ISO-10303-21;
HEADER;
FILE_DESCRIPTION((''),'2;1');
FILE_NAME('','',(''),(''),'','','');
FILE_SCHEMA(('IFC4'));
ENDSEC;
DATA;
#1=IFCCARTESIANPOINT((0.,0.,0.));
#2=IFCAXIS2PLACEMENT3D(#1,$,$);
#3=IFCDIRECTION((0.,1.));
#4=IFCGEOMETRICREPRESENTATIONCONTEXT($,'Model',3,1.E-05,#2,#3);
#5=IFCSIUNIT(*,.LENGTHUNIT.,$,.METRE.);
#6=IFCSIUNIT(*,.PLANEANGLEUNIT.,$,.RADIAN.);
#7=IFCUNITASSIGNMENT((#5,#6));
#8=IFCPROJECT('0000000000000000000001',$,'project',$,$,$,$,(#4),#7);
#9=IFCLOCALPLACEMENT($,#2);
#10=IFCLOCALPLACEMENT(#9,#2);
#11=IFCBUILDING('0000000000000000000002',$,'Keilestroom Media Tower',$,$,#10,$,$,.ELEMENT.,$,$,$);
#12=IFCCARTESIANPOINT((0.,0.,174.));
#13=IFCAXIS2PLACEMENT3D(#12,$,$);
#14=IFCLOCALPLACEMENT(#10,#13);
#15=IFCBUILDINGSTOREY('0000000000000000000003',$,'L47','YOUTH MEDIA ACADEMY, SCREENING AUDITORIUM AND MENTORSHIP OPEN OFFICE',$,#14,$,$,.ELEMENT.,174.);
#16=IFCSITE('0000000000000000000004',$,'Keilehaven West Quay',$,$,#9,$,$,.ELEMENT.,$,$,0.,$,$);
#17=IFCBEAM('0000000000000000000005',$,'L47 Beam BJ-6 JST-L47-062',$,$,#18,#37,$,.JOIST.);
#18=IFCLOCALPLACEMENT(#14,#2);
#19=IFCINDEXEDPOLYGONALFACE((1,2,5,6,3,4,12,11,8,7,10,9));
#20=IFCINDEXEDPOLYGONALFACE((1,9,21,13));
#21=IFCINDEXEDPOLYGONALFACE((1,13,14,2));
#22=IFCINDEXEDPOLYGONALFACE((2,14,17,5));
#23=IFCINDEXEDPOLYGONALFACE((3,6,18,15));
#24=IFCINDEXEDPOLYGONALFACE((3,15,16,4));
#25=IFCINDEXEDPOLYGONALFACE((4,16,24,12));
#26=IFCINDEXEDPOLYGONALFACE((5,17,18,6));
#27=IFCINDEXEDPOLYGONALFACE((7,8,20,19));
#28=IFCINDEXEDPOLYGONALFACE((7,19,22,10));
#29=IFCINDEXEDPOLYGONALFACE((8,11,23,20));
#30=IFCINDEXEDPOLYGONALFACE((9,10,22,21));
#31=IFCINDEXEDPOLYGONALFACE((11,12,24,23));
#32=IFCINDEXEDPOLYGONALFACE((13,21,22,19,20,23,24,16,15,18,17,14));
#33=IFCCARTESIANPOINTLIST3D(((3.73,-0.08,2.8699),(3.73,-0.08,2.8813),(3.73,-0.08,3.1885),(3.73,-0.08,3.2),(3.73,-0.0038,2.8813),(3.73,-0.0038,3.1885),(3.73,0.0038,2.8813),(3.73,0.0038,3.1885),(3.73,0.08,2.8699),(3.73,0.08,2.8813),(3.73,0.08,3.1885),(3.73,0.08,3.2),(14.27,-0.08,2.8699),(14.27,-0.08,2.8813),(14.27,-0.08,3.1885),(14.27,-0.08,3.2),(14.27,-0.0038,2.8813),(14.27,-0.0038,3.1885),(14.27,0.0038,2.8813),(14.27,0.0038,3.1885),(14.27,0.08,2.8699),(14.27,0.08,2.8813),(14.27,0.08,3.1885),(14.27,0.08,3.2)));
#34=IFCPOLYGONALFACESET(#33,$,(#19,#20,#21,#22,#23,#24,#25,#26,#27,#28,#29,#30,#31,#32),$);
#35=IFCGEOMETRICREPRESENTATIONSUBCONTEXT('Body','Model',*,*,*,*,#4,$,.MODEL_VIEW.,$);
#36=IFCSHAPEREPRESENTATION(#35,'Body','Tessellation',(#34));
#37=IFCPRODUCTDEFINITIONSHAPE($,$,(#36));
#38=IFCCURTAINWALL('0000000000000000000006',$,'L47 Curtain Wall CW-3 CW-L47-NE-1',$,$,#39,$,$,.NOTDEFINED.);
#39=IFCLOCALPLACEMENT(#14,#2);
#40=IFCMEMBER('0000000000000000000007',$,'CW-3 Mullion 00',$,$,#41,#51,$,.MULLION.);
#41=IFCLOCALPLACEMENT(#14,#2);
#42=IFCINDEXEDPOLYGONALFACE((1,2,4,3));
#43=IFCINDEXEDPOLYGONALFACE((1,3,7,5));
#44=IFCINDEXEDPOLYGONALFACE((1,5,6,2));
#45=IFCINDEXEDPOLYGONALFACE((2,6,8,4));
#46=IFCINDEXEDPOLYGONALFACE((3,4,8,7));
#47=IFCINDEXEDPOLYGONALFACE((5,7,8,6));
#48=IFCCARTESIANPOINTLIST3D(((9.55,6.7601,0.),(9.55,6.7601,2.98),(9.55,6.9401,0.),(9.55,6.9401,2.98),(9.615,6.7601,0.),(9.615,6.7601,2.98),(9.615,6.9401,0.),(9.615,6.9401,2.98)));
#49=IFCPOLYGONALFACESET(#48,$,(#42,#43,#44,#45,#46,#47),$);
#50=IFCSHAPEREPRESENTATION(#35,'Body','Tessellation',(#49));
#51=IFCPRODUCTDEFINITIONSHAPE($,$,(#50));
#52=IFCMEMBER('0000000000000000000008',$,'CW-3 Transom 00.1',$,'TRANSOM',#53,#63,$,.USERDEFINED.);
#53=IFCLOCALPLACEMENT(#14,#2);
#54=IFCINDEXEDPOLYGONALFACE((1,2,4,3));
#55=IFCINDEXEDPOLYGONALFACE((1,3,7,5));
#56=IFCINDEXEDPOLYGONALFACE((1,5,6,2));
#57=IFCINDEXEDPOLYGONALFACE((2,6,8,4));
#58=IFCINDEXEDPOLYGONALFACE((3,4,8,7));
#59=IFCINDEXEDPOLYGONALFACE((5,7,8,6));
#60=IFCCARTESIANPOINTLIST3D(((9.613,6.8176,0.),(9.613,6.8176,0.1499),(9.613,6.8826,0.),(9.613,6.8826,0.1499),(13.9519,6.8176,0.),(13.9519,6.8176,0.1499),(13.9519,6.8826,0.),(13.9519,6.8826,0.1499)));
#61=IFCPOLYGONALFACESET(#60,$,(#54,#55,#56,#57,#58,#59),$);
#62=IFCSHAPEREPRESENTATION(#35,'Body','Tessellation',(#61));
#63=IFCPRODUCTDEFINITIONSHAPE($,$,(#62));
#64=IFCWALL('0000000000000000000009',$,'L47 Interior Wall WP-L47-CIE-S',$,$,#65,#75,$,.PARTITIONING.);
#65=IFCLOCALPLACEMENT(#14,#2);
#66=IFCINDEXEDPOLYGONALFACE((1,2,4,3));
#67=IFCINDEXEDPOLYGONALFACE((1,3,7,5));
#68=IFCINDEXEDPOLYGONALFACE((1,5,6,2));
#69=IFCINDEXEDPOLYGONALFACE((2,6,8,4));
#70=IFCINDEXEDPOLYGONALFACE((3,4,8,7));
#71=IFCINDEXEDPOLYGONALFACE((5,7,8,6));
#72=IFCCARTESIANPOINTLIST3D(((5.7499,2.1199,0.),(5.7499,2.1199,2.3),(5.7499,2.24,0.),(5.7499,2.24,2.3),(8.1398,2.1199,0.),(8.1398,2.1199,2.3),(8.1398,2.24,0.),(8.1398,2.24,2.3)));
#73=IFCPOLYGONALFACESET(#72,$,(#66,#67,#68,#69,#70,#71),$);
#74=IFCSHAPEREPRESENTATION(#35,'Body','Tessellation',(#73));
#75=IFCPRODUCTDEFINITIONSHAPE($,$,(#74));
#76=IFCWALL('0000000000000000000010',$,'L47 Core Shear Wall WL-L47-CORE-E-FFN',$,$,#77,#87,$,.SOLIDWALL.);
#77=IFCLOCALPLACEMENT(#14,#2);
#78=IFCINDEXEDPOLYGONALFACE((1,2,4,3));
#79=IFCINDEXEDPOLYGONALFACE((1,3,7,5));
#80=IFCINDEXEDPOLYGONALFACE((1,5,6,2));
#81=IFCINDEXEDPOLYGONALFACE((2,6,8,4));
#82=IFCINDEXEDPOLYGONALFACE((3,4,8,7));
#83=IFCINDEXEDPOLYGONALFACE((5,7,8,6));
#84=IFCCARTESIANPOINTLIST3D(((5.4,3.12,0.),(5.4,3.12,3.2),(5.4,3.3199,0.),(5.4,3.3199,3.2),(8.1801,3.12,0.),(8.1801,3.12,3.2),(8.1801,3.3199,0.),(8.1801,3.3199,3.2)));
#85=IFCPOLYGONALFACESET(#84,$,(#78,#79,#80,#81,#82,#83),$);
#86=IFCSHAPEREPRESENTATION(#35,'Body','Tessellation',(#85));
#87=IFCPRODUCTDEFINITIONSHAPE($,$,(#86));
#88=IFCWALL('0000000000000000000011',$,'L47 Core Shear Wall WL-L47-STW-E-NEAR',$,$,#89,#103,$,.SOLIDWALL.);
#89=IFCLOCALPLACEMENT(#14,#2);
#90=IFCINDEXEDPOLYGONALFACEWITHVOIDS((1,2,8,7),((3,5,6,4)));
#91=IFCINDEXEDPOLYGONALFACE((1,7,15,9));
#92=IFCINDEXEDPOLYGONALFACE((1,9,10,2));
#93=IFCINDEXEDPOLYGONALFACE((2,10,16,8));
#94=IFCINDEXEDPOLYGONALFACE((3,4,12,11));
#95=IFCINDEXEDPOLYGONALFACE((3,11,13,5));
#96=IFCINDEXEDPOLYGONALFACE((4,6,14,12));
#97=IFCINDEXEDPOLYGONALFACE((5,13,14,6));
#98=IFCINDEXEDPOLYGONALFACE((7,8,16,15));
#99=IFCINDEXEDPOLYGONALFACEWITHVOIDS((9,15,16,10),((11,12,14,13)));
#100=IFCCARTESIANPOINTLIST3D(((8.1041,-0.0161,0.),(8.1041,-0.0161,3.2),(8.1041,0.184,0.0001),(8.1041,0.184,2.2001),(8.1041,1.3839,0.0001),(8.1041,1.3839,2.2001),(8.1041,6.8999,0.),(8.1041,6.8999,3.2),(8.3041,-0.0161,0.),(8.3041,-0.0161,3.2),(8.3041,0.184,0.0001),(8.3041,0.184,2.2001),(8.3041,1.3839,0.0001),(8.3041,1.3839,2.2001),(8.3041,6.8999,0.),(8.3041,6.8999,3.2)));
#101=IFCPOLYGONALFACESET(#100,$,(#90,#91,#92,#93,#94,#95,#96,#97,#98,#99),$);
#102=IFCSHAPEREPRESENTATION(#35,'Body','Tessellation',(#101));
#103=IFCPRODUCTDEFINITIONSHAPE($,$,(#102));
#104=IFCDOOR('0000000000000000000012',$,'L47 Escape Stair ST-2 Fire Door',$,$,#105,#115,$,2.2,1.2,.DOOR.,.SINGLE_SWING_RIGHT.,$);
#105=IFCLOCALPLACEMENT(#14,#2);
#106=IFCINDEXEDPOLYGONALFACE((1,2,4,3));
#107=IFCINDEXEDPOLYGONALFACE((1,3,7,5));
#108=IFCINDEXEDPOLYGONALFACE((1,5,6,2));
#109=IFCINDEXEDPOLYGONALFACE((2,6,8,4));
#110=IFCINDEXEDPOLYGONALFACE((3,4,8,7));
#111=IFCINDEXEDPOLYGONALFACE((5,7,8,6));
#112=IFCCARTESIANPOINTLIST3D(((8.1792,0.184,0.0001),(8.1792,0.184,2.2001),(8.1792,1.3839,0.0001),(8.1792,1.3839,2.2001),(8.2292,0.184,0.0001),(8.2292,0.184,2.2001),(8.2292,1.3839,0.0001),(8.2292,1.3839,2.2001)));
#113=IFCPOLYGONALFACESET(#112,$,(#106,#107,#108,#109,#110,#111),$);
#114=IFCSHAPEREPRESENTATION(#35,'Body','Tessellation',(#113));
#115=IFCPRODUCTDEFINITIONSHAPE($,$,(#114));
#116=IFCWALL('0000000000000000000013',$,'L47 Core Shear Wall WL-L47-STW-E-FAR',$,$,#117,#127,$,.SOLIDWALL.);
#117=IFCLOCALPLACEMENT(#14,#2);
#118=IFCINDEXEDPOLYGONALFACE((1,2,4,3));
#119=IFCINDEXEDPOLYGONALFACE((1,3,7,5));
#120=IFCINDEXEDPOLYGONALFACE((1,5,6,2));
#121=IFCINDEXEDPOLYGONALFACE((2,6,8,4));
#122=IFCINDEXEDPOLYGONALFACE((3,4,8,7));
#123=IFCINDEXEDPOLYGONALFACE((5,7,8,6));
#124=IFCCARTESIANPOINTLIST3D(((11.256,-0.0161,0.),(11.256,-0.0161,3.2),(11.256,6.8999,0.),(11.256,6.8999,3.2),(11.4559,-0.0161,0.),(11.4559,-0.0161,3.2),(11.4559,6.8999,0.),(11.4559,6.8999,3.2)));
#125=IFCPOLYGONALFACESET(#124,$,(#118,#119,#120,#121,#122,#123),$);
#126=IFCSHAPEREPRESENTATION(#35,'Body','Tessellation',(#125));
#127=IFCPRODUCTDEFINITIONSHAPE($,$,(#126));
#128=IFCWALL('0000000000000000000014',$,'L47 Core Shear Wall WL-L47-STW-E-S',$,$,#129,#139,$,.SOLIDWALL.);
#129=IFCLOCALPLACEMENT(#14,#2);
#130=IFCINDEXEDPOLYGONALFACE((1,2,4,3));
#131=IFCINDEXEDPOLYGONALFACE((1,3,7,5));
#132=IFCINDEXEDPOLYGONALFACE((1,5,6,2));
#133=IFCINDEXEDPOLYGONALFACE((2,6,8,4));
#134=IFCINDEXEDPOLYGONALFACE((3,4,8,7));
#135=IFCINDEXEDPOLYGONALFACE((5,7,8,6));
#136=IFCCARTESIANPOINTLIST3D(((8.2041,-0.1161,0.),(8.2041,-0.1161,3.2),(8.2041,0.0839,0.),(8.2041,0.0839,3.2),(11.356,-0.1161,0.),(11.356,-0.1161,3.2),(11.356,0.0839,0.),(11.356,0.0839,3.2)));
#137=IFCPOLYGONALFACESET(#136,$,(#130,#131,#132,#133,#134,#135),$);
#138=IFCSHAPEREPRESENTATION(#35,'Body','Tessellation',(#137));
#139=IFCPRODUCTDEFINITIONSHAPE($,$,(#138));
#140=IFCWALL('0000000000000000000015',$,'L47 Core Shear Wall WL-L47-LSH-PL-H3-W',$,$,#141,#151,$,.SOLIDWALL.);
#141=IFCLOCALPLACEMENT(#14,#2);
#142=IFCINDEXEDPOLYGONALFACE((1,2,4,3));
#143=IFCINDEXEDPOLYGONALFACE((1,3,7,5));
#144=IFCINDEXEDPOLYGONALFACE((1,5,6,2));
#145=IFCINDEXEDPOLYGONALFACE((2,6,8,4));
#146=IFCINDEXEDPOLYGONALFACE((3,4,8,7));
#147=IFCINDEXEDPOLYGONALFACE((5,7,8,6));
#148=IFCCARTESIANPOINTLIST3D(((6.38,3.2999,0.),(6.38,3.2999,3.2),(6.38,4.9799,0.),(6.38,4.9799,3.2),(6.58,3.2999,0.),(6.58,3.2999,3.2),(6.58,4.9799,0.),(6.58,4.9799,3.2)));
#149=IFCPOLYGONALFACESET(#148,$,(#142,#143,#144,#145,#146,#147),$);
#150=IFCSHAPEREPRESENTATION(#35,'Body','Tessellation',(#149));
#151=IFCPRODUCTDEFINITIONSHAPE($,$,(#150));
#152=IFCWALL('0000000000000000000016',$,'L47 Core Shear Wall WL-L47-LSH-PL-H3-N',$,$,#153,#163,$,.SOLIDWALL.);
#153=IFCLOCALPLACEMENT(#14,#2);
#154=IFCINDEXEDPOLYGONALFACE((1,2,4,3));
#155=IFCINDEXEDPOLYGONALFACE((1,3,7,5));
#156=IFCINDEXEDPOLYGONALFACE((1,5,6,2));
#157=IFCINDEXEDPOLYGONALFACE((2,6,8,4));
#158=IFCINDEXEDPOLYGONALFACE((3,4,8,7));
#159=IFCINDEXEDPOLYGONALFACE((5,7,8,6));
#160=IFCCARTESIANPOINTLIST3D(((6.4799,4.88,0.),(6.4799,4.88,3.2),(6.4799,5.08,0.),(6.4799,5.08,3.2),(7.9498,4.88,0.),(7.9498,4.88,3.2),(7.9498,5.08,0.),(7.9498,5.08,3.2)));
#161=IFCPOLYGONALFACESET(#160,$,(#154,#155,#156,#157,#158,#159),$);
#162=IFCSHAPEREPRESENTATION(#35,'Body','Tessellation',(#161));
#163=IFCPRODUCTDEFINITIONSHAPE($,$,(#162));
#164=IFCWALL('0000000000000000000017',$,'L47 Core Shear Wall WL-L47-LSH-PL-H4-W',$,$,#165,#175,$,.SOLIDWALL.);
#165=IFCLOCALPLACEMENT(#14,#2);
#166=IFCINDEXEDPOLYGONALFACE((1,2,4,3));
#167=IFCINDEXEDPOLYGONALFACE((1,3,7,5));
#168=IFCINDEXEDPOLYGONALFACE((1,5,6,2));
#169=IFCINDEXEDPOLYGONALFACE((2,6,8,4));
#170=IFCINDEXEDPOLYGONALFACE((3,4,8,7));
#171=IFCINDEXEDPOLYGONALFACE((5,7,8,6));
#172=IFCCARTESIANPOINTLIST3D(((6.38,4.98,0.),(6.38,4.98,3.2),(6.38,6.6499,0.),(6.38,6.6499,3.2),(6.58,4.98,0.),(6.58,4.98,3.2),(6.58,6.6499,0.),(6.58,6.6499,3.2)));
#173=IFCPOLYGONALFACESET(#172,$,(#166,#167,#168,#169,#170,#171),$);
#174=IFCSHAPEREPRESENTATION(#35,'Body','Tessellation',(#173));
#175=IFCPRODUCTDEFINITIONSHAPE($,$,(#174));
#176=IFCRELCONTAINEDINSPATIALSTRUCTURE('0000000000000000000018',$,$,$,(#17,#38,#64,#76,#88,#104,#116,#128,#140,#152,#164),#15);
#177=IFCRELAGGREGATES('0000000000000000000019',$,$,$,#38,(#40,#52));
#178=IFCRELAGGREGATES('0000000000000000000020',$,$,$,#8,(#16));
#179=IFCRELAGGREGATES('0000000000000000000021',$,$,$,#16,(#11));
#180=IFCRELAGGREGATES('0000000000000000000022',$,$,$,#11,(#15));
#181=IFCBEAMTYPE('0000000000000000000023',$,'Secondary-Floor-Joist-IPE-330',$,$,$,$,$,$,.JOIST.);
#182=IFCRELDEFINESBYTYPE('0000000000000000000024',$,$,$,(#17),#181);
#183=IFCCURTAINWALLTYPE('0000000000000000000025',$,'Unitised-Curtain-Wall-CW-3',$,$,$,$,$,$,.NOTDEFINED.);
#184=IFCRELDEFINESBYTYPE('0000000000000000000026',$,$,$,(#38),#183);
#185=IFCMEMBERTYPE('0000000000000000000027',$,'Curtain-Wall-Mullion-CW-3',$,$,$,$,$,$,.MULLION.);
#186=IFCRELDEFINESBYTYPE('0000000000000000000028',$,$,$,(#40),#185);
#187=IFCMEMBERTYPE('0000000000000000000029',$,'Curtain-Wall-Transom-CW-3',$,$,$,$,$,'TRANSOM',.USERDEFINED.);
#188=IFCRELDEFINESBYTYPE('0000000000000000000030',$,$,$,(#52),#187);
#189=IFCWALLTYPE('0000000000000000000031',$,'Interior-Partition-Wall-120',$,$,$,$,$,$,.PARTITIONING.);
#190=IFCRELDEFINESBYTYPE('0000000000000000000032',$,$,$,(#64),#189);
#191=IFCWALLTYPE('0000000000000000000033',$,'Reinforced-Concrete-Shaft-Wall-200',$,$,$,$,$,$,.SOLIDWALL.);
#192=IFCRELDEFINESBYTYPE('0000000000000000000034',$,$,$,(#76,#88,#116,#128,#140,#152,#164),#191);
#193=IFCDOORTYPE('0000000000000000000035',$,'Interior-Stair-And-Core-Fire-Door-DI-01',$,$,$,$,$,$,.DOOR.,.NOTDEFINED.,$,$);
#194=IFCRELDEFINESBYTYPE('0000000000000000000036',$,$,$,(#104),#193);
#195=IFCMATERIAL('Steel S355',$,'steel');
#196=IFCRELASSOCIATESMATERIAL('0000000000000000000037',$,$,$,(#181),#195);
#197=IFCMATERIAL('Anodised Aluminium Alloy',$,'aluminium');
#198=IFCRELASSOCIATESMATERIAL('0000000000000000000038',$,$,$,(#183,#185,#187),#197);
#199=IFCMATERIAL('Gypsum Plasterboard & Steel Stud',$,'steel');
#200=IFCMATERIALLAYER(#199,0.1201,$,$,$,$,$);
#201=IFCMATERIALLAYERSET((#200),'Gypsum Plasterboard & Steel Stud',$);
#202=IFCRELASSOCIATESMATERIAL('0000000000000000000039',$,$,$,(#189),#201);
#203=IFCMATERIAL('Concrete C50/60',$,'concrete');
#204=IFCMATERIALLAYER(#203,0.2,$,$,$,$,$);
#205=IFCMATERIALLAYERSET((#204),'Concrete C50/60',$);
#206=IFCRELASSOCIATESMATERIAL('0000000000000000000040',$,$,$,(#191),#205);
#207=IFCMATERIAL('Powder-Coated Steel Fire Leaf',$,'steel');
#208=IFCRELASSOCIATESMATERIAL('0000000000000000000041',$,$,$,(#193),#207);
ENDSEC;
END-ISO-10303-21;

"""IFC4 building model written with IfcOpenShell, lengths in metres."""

from ifc_helpers import new_model, si_unit, direction, frame, frame_2d, origin, origin_2d, place, context, subcontext, project, spatial, rectangle, i_section, extrude, source, transform, mapped, material, layer, layer_set, material_profile, profile_set, type_object, element, fill, aggregate, save


model = new_model("IFC4")

# Units and contexts
model_context = context("Model", 3, precision=1e-05, world=origin(), true_north=direction((0.0, 1.0)))
body_context = subcontext(model_context, "Body", "Model", "MODEL_VIEW")
ifc_project = project(units=[si_unit("LENGTHUNIT", "METRE"), si_unit("PLANEANGLEUNIT", "RADIAN")], contexts=[model_context])

# Site, building, storey
site_placement = place(None, origin())
site = spatial("IfcSite", under=ifc_project, at=site_placement, Name="Keilehaven West Quay", CompositionType="ELEMENT", RefElevation=0.0)
building_placement = place(site_placement, origin())
building = spatial("IfcBuilding", under=site, at=building_placement, Name="Keilestroom Media Tower", CompositionType="ELEMENT")
storey_placement = place(building_placement, frame((0.0, 0.0, 174.0)))
storey = spatial("IfcBuildingStorey", under=building, at=storey_placement, Name="L47", Description="YOUTH MEDIA ACADEMY, SCREENING AUDITORIUM AND MENTORSHIP OPEN OFFICE", CompositionType="ELEMENT", Elevation=174.0)

# Beam
ifc_material_1 = material(Name="Steel S355", Category="steel")
ifc_material_profile_1 = material_profile(ifc_material_1, i_section(OverallWidth=0.1599, OverallDepth=0.3301, WebThickness=0.0076, FlangeThickness=0.0115, at=origin_2d()), Name="IPE 330")
ifc_profile_set_1 = profile_set([ifc_material_profile_1], Name="Steel S355")
beam_type = type_object("IfcBeamType", Name="Secondary-Floor-Joist-IPE-330", PredefinedType="JOIST", material=ifc_profile_set_1)
shared_shape_1 = source(origin(), body_context, "Body", "SweptSolid", [
    extrude(i_section(OverallWidth=0.1599, OverallDepth=0.3301, WebThickness=0.0076, FlangeThickness=0.0115, at=origin_2d()), origin(), (0.0, 0.0, 1.0), 10.54),
])
beam_placement = place(storey_placement, frame((3.73, 0.0, 3.0349), z_axis=(1.0, 0.0, 0.0), x_axis=(0.0, 1.0, 0.0)))
element("IfcBeam", 1, at=beam_placement, inside=storey, type_object=beam_type, Name="L47 Beam BJ-6 JST-L47-062", PredefinedType="JOIST", context=body_context, shape_type="MappedRepresentation", body=[
    mapped(shared_shape_1, transform((0.0, 0.0, 0.0), x_axis=(1.0, 0.0, 0.0), y_axis=(0.0, 1.0, 0.0), z_axis=(0.0, 0.0, 1.0), scale=1.0)),
])

# Curtain wall, members
ifc_material_2 = material(Name="Anodised Aluminium Alloy", Category="aluminium")
curtain_wall_type = type_object("IfcCurtainWallType", Name="Unitised-Curtain-Wall-CW-3", PredefinedType="NOTDEFINED", material=ifc_material_2)
curtain_wall_placement = place(storey_placement, origin())
curtain_wall = element("IfcCurtainWall", 2, at=curtain_wall_placement, inside=storey, type_object=curtain_wall_type, Name="L47 Curtain Wall CW-3 CW-L47-NE-1", PredefinedType="NOTDEFINED")
ifc_material_profile_2 = material_profile(ifc_material_2, rectangle(XDim=0.0649, YDim=0.1799, at=origin_2d()), Name="ALU MULLION 65x180")
ifc_profile_set_2 = profile_set([ifc_material_profile_2], Name="Anodised Aluminium Alloy")
member_type_1 = type_object("IfcMemberType", Name="Curtain-Wall-Mullion-CW-3", PredefinedType="MULLION", material=ifc_profile_set_2)
shared_shape_2 = source(origin(), body_context, "Body", "SweptSolid", [
    extrude(rectangle(XDim=0.0649, YDim=0.1799, at=origin_2d()), origin(), (0.0, 0.0, 1.0), 2.98),
])
member_1_placement = place(storey_placement, frame((9.5825, 6.8501, 0.0), z_axis=(0.0, 0.0, 1.0), x_axis=(1.0, 0.0, 0.0)))
member_1 = element("IfcMember", 3, at=member_1_placement, type_object=member_type_1, Name="CW-3 Mullion 00", PredefinedType="MULLION", context=body_context, shape_type="MappedRepresentation", body=[
    mapped(shared_shape_2, transform((0.0, 0.0, 0.0), x_axis=(1.0, 0.0, 0.0), y_axis=(0.0, 1.0, 0.0), z_axis=(0.0, 0.0, 1.0), scale=1.0)),
])
ifc_material_profile_3 = material_profile(ifc_material_2, rectangle(XDim=0.0649, YDim=0.1499, at=origin_2d()), Name="ALU TRANSOM 65x150")
ifc_profile_set_3 = profile_set([ifc_material_profile_3], Name="Anodised Aluminium Alloy")
member_type_2 = type_object("IfcMemberType", Name="Curtain-Wall-Transom-CW-3", ElementType="TRANSOM", PredefinedType="USERDEFINED", material=ifc_profile_set_3)
shared_shape_3 = source(origin(), body_context, "Body", "SweptSolid", [
    extrude(rectangle(XDim=0.0649, YDim=0.1499, at=origin_2d()), origin(), (0.0, 0.0, 1.0), 4.3389),
])
member_2_placement = place(storey_placement, frame((9.613, 6.8501, 0.075), z_axis=(1.0, 0.0, 0.0), x_axis=(0.0, 1.0, 0.0)))
member_2 = element("IfcMember", 4, at=member_2_placement, type_object=member_type_2, Name="CW-3 Transom 00.1", ObjectType="TRANSOM", PredefinedType="USERDEFINED", context=body_context, shape_type="MappedRepresentation", body=[
    mapped(shared_shape_3, transform((0.0, 0.0, 0.0), x_axis=(1.0, 0.0, 0.0), y_axis=(0.0, 1.0, 0.0), z_axis=(0.0, 0.0, 1.0), scale=1.0)),
])
aggregate(curtain_wall, [member_1, member_2])

# Walls
ifc_material_3 = material(Name="Gypsum Plasterboard & Steel Stud", Category="steel")
ifc_layer_1 = layer(ifc_material_3, 0.1201)
ifc_layer_set_1 = layer_set([ifc_layer_1], Name="Gypsum Plasterboard & Steel Stud")
wall_type_1 = type_object("IfcWallType", Name="Interior-Partition-Wall-120", PredefinedType="PARTITIONING", material=ifc_layer_set_1)
wall_1_placement = place(storey_placement, frame((5.75, 2.1799, 0.0), z_axis=(0.0, 0.0, 1.0), x_axis=(1.0, 0.0, 0.0)))
element("IfcWall", 5, at=wall_1_placement, inside=storey, type_object=wall_type_1, Name="L47 Interior Wall WP-L47-CIE-S", PredefinedType="PARTITIONING", context=body_context, shape_type="SweptSolid", body=[
    extrude(rectangle(XDim=2.3899, YDim=0.1201, at=frame_2d((1.1948, 0.0))), origin(), (0.0, 0.0, 1.0), 2.3),
])
ifc_material_4 = material(Name="Concrete C50/60", Category="concrete")
ifc_layer_2 = layer(ifc_material_4, 0.2)
ifc_layer_set_2 = layer_set([ifc_layer_2], Name="Concrete C50/60")
wall_type_2 = type_object("IfcWallType", Name="Reinforced-Concrete-Shaft-Wall-200", PredefinedType="SOLIDWALL", material=ifc_layer_set_2)
wall_2_placement = place(storey_placement, frame((5.3999, 3.22, 0.0), z_axis=(0.0, 0.0, 1.0), x_axis=(1.0, 0.0, 0.0)))
element("IfcWall", 6, at=wall_2_placement, inside=storey, type_object=wall_type_2, Name="L47 Core Shear Wall WL-L47-CORE-E-FFN", PredefinedType="SOLIDWALL", context=body_context, shape_type="SweptSolid", body=[
    extrude(rectangle(XDim=2.78, YDim=0.2, at=frame_2d((1.3901, 0.0))), origin(), (0.0, 0.0, 1.0), 3.2),
])

# Wall, opening, door
wall_3_placement = place(storey_placement, frame((8.2041, -0.0161, 0.0), z_axis=(0.0, 0.0, 1.0), x_axis=(0.0, 1.0, 0.0)))
wall_3 = element("IfcWall", 7, at=wall_3_placement, inside=storey, type_object=wall_type_2, Name="L47 Core Shear Wall WL-L47-STW-E-NEAR", PredefinedType="SOLIDWALL", context=body_context, shape_type="SweptSolid", body=[
    extrude(rectangle(XDim=6.916, YDim=0.2, at=frame_2d((3.458, 0.0))), origin(), (0.0, 0.0, 1.0), 3.2),
])
opening_placement = place(wall_3_placement, frame((0.2, 0.0, 0.0)))
opening = element("IfcOpeningElement", 8, at=opening_placement, cuts=wall_3, PredefinedType="OPENING", context=body_context, shape_type="SweptSolid", body=[
    extrude(rectangle(XDim=1.2, YDim=2.2, at=frame_2d((0.6001, 1.1001))), frame((0.0, 0.1099, 0.0), z_axis=(0.0, -1.0, 0.0), x_axis=(1.0, 0.0, 0.0)), (0.0, 0.0, 1.0), 0.22),
])
ifc_material_5 = material(Name="Powder-Coated Steel Fire Leaf", Category="steel")
door_type = type_object("IfcDoorType", Name="Interior-Stair-And-Core-Fire-Door-DI-01", OperationType="NOTDEFINED", PredefinedType="DOOR", material=ifc_material_5)
shared_shape_4 = source(origin(), body_context, "Body", "SweptSolid", [
    extrude(rectangle(XDim=1.2, YDim=2.2, at=frame_2d((0.6001, 1.1001))), frame((0.0, 0.0249, 0.0), z_axis=(0.0, -1.0, 0.0), x_axis=(1.0, 0.0, 0.0)), (0.0, 0.0, 1.0), 0.05),
])
door_placement = place(opening_placement, origin())
door = element("IfcDoor", 9, at=door_placement, inside=storey, type_object=door_type, Name="L47 Escape Stair ST-2 Fire Door", OperationType="SINGLE_SWING_RIGHT", OverallHeight=2.2, OverallWidth=1.2, PredefinedType="DOOR", context=body_context, shape_type="MappedRepresentation", body=[
    mapped(shared_shape_4, transform((0.0, 0.0, 0.0), x_axis=(1.0, 0.0, 0.0), y_axis=(0.0, 1.0, 0.0), z_axis=(0.0, 0.0, 1.0), scale=1.0)),
])
fill(opening, door)

# Walls
wall_4_placement = place(storey_placement, frame((11.356, -0.0161, 0.0), z_axis=(0.0, 0.0, 1.0), x_axis=(0.0, 1.0, 0.0)))
element("IfcWall", 10, at=wall_4_placement, inside=storey, type_object=wall_type_2, Name="L47 Core Shear Wall WL-L47-STW-E-FAR", PredefinedType="SOLIDWALL", context=body_context, shape_type="SweptSolid", body=[
    extrude(rectangle(XDim=6.916, YDim=0.2, at=frame_2d((3.458, 0.0))), origin(), (0.0, 0.0, 1.0), 3.2),
])
wall_5_placement = place(storey_placement, frame((8.2041, -0.0161, 0.0), z_axis=(0.0, 0.0, 1.0), x_axis=(1.0, 0.0, 0.0)))
element("IfcWall", 11, at=wall_5_placement, inside=storey, type_object=wall_type_2, Name="L47 Core Shear Wall WL-L47-STW-E-S", PredefinedType="SOLIDWALL", context=body_context, shape_type="SweptSolid", body=[
    extrude(rectangle(XDim=3.1519, YDim=0.2, at=frame_2d((1.5759, 0.0))), origin(), (0.0, 0.0, 1.0), 3.2),
])
wall_6_placement = place(storey_placement, frame((6.48, 3.3, 0.0), z_axis=(0.0, 0.0, 1.0), x_axis=(0.0, 1.0, 0.0)))
element("IfcWall", 12, at=wall_6_placement, inside=storey, type_object=wall_type_2, Name="L47 Core Shear Wall WL-L47-LSH-PL-H3-W", PredefinedType="SOLIDWALL", context=body_context, shape_type="SweptSolid", body=[
    extrude(rectangle(XDim=1.6799, YDim=0.2, at=frame_2d((0.8398, 0.0))), origin(), (0.0, 0.0, 1.0), 3.2),
])
wall_7_placement = place(storey_placement, frame((6.48, 4.98, 0.0), z_axis=(0.0, 0.0, 1.0), x_axis=(1.0, 0.0, 0.0)))
element("IfcWall", 13, at=wall_7_placement, inside=storey, type_object=wall_type_2, Name="L47 Core Shear Wall WL-L47-LSH-PL-H3-N", PredefinedType="SOLIDWALL", context=body_context, shape_type="SweptSolid", body=[
    extrude(rectangle(XDim=1.47, YDim=0.2, at=frame_2d((0.7349, 0.0))), origin(), (0.0, 0.0, 1.0), 3.2),
])
wall_8_placement = place(storey_placement, frame((6.48, 4.98, 0.0), z_axis=(0.0, 0.0, 1.0), x_axis=(0.0, 1.0, 0.0)))
element("IfcWall", 14, at=wall_8_placement, inside=storey, type_object=wall_type_2, Name="L47 Core Shear Wall WL-L47-LSH-PL-H4-W", PredefinedType="SOLIDWALL", context=body_context, shape_type="SweptSolid", body=[
    extrude(rectangle(XDim=1.6699, YDim=0.2, at=frame_2d((0.835, 0.0))), origin(), (0.0, 0.0, 1.0), 3.2),
])

save(model, "model.ifc")
